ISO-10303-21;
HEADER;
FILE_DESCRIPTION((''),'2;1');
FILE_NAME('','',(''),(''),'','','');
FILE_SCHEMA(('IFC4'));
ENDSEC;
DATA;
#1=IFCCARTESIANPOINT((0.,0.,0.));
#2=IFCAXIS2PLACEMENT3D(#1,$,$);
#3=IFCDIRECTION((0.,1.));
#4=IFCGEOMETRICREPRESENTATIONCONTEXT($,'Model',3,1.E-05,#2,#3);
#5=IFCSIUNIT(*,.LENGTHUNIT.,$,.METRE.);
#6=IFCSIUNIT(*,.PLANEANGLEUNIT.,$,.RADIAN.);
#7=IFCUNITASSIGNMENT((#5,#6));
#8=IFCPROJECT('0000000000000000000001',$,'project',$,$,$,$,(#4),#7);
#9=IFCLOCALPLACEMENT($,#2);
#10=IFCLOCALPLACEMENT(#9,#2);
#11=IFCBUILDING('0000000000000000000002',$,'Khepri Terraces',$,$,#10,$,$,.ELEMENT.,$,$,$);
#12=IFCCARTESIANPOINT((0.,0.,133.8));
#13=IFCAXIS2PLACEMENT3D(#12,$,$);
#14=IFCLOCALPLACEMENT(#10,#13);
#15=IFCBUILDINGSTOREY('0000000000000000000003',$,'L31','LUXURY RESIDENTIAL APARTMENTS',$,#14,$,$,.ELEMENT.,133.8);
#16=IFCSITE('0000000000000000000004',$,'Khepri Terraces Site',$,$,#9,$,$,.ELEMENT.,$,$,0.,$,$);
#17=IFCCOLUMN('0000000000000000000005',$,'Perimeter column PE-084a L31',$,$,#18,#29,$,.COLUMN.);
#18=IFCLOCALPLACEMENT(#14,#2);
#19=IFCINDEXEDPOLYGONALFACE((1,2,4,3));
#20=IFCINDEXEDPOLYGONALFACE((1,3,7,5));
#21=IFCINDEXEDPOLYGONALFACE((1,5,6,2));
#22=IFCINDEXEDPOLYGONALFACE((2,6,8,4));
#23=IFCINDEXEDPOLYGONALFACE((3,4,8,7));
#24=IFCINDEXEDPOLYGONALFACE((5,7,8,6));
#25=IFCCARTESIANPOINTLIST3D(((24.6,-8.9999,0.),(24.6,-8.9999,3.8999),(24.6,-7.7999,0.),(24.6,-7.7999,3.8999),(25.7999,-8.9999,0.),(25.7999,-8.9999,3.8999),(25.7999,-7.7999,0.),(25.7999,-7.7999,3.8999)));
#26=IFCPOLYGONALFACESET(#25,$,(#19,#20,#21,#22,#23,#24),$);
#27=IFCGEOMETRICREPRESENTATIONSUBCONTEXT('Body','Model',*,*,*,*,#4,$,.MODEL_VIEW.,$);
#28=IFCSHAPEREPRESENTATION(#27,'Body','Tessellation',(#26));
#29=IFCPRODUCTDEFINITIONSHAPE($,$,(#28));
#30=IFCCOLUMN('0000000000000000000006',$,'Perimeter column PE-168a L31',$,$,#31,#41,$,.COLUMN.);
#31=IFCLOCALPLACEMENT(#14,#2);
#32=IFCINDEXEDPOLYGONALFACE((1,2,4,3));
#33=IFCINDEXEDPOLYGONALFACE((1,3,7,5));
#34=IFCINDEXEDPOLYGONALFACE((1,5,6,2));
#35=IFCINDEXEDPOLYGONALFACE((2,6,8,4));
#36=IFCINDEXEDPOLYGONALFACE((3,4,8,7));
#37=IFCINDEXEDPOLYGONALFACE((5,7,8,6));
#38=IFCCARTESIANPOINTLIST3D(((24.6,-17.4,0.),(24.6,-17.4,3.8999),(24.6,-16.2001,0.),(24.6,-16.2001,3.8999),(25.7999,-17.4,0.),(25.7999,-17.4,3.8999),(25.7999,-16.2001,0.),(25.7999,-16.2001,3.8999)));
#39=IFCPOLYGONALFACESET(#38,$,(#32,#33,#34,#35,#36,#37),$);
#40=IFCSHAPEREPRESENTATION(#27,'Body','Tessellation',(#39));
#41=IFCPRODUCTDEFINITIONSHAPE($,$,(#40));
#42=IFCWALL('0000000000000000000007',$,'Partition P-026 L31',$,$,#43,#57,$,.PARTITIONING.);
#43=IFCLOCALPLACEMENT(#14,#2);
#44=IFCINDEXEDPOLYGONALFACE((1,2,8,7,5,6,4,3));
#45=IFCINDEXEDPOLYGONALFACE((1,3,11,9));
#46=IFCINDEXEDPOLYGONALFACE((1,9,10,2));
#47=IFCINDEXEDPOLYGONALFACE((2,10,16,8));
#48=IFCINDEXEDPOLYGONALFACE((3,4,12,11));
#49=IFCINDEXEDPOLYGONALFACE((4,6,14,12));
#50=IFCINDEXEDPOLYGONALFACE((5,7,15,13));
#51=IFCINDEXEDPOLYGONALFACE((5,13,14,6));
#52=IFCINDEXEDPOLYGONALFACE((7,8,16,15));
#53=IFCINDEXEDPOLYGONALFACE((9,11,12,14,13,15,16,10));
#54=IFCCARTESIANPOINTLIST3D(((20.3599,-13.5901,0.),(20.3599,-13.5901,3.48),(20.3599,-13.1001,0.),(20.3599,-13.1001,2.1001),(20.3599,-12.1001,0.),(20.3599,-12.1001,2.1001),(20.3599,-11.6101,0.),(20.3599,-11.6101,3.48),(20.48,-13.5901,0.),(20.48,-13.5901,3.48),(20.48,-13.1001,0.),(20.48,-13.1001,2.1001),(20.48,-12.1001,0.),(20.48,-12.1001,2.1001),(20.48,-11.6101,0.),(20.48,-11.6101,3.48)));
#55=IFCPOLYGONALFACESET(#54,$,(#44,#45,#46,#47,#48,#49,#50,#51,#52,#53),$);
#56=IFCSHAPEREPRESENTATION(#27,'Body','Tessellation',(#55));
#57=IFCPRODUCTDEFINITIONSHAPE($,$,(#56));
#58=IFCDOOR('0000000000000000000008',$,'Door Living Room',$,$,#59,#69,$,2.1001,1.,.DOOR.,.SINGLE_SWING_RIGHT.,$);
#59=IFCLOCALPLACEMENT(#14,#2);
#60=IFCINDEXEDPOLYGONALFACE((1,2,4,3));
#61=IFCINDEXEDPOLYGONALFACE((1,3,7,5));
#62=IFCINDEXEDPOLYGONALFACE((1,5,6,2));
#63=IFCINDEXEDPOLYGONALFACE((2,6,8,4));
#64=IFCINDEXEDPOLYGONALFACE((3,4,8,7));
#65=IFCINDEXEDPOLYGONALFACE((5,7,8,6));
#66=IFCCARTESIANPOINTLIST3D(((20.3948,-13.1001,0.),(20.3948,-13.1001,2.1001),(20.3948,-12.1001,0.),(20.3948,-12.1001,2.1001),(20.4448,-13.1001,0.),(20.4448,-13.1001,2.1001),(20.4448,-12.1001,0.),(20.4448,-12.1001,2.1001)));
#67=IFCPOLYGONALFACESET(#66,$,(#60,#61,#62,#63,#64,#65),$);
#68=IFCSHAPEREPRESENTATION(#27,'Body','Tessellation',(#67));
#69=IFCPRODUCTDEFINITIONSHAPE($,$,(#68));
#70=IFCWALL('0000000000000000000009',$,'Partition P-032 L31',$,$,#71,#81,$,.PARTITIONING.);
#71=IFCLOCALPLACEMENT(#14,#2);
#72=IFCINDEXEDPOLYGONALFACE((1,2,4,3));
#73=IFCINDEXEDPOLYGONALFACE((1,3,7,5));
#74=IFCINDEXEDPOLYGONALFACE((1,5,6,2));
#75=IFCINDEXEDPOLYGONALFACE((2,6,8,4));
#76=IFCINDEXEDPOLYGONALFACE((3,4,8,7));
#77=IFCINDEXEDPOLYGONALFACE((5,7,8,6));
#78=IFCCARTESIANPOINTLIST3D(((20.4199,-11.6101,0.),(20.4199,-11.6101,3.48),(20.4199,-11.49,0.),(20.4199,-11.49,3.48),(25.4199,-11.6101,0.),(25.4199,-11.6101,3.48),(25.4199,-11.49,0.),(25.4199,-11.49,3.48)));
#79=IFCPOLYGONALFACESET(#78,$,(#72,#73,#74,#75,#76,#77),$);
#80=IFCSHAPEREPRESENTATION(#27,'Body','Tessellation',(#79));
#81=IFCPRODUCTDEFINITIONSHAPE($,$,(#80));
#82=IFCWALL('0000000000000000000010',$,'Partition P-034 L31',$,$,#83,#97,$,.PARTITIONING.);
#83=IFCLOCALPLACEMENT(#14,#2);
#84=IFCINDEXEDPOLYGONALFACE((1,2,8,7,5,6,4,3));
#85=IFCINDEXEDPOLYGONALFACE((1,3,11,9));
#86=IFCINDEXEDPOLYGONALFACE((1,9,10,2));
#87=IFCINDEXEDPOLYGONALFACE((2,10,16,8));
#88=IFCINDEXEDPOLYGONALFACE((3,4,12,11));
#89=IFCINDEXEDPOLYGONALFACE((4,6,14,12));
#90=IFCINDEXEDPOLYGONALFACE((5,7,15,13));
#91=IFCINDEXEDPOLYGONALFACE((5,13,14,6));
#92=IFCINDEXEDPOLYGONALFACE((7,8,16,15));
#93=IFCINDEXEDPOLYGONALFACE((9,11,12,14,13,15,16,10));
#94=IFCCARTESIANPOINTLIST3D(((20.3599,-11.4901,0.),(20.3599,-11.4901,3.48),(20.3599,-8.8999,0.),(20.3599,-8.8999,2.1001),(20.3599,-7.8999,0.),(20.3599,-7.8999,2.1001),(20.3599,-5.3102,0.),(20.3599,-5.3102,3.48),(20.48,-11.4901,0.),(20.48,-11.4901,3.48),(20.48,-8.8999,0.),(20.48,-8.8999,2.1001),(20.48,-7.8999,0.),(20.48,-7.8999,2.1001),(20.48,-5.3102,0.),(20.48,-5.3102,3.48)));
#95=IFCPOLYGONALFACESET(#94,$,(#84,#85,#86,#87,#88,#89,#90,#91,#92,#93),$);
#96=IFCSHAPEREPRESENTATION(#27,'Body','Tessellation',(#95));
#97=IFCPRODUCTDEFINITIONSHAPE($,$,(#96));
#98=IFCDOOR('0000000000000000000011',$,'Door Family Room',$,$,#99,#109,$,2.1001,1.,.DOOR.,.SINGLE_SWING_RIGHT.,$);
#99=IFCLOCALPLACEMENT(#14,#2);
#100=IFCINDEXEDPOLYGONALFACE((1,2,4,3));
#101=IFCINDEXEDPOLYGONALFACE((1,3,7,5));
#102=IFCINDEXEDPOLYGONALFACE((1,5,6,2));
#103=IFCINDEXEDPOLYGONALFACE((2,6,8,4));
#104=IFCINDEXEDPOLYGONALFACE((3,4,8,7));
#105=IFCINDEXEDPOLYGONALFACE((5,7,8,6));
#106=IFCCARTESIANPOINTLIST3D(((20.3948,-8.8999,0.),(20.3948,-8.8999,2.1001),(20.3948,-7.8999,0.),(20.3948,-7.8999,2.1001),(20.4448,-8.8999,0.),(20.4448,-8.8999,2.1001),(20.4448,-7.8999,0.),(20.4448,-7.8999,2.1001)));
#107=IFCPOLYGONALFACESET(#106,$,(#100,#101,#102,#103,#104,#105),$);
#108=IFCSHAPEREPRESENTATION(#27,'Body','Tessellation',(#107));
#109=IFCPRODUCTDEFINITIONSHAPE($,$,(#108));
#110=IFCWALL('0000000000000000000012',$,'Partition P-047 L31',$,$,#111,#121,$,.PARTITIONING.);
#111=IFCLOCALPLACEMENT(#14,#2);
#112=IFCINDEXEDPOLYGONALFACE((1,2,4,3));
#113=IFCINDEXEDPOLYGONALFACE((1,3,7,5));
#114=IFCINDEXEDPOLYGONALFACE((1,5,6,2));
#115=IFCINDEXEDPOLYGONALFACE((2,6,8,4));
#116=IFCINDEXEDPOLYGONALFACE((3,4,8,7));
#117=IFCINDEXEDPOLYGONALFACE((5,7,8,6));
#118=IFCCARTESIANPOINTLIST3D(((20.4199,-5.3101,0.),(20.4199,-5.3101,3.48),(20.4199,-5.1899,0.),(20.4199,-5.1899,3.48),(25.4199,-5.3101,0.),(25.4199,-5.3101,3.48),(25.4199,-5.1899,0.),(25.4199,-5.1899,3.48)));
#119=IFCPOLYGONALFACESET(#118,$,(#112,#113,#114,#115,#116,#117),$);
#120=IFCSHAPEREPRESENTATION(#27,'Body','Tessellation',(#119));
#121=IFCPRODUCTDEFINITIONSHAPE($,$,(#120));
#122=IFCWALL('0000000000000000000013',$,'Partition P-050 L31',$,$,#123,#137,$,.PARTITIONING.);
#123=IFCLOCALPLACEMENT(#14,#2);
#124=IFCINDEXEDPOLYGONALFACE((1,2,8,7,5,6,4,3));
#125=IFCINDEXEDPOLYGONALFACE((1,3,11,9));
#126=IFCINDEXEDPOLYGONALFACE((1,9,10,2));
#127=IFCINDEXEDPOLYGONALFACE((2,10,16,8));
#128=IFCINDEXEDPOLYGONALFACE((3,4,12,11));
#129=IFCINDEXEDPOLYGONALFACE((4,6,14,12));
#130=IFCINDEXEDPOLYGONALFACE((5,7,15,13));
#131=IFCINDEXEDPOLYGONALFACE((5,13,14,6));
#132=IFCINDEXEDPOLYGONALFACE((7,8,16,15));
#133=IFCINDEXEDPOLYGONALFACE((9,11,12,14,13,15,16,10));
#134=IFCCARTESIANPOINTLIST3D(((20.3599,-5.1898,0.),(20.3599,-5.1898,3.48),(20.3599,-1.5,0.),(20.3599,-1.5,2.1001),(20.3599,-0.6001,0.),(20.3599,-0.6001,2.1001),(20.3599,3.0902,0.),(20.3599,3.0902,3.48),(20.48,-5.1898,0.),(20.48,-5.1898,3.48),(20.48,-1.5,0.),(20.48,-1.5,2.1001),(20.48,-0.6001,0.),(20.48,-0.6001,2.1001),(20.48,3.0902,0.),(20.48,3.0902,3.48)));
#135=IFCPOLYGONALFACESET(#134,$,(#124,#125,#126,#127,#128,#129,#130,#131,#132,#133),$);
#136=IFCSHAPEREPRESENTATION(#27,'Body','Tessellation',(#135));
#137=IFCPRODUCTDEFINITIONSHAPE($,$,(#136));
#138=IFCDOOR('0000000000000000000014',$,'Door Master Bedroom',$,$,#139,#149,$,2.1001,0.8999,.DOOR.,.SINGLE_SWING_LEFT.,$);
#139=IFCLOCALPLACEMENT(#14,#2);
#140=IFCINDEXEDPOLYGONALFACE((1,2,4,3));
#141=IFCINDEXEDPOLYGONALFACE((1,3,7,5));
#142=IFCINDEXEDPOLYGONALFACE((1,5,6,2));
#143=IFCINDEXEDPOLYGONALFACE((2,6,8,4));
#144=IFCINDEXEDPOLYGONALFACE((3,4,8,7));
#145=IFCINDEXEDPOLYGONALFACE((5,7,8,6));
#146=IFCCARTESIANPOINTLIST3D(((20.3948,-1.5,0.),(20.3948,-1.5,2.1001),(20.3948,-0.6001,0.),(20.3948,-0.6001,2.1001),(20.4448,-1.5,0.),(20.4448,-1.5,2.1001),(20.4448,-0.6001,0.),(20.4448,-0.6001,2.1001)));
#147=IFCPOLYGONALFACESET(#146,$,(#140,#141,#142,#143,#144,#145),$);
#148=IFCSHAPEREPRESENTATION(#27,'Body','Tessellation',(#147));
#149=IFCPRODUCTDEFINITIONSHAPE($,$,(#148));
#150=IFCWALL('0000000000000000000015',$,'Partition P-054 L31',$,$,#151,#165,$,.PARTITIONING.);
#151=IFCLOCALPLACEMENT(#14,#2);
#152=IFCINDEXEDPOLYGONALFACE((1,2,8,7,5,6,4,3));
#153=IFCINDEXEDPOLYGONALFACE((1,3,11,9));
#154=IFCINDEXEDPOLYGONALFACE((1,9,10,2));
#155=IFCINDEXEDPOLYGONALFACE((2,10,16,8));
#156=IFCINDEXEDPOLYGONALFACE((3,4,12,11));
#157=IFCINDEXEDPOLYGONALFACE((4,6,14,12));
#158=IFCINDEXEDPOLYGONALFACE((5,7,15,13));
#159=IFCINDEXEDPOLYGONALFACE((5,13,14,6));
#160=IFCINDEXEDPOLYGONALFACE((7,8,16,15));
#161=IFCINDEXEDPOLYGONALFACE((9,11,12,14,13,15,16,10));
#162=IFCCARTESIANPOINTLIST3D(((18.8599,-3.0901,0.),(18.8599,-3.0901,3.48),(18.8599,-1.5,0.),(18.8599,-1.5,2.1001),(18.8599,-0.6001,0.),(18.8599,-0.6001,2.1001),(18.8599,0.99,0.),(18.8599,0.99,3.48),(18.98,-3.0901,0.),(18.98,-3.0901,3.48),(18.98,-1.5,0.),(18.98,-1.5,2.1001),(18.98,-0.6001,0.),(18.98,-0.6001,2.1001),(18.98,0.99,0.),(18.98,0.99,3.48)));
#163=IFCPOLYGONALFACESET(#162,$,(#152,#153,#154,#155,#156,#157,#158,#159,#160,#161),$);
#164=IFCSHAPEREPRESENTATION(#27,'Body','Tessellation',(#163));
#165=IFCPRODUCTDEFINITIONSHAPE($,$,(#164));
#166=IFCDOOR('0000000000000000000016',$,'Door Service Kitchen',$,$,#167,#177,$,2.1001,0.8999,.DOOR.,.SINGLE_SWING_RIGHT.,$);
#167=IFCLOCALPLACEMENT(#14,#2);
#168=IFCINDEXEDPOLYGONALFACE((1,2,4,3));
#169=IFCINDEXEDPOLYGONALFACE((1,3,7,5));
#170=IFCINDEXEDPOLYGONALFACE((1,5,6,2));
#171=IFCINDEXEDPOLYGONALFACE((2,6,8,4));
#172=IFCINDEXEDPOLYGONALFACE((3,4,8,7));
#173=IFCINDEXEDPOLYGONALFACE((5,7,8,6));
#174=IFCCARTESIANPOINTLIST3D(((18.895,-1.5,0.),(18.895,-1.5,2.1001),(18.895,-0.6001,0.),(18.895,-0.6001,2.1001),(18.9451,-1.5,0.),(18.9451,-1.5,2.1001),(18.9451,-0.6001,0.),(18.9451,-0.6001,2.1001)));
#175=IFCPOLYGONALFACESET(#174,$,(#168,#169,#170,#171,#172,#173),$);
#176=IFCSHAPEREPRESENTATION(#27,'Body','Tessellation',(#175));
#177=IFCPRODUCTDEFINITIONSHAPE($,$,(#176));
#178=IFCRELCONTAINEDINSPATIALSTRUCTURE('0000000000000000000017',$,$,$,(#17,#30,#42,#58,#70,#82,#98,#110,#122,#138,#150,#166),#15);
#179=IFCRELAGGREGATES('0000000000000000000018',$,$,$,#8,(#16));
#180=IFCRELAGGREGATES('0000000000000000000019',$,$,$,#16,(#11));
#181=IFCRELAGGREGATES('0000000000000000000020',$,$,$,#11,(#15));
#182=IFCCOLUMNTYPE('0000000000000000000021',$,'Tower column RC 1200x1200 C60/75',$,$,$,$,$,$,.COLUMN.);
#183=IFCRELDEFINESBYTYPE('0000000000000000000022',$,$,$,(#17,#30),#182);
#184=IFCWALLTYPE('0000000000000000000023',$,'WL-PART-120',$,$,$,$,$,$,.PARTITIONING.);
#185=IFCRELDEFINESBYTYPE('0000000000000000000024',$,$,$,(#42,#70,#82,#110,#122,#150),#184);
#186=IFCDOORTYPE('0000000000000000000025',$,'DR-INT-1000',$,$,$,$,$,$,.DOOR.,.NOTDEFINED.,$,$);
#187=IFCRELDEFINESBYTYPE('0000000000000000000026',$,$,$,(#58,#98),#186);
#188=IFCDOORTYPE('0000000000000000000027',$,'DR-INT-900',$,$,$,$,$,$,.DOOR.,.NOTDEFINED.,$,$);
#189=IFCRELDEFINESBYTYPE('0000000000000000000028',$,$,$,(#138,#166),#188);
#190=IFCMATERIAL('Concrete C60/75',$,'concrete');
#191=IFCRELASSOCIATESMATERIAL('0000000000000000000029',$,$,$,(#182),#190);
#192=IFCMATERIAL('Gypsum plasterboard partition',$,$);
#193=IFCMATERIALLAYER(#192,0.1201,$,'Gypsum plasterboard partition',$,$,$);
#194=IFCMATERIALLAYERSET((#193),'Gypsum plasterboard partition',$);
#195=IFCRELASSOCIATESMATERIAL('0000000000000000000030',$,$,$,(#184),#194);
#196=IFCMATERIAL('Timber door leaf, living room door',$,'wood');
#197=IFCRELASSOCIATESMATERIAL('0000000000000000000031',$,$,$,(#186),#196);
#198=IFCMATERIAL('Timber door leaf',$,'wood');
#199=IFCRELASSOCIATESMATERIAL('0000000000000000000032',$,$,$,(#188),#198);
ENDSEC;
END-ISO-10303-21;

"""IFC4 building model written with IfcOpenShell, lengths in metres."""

from ifc_helpers import new_model, si_unit, direction, frame, frame_2d, origin, origin_2d, place, context, subcontext, project, spatial, rectangle, extrude, material, layer, layer_set, material_profile, profile_set, type_object, element, fill, save


model = new_model("IFC4")

# Units and contexts
model_context = context("Model", 3, precision=1e-05, world=origin(), true_north=direction((0.0, 1.0)))
body_context = subcontext(model_context, "Body", "Model", "MODEL_VIEW")
ifc_project = project(units=[si_unit("LENGTHUNIT", "METRE"), si_unit("PLANEANGLEUNIT", "RADIAN")], contexts=[model_context])

# Site, building, storey
site_placement = place(None, origin())
site = spatial("IfcSite", under=ifc_project, at=site_placement, Name="Khepri Terraces Site", CompositionType="ELEMENT", RefElevation=0.0)
building_placement = place(site_placement, origin())
building = spatial("IfcBuilding", under=site, at=building_placement, Name="Khepri Terraces", CompositionType="ELEMENT")
storey_placement = place(building_placement, frame((0.0, 0.0, 133.8)))
storey = spatial("IfcBuildingStorey", under=building, at=storey_placement, Name="L31", Description="LUXURY RESIDENTIAL APARTMENTS", CompositionType="ELEMENT", Elevation=133.8)

# Columns
ifc_material_1 = material(Name="Concrete C60/75", Category="concrete")
ifc_material_profile = material_profile(ifc_material_1, rectangle(XDim=1.2, YDim=1.2, at=origin_2d()), Name="Concrete C60/75", Category="concrete")
ifc_profile_set = profile_set([ifc_material_profile], Name="Concrete C60/75")
column_type = type_object("IfcColumnType", Name="Tower column RC 1200x1200 C60/75", PredefinedType="COLUMN", material=ifc_profile_set)
for number, where, z_axis, x_axis, name in (
    (1, (25.2, -8.3999, 0.0), (0.0, 0.0, 1.0), (1.0, 0.0, 0.0), "Perimeter column PE-084a L31"),
    (2, (25.2, -16.8, 0.0), (0.0, 0.0, 1.0), (1.0, 0.0, 0.0), "Perimeter column PE-168a L31"),
):
    element("IfcColumn", number, at=place(storey_placement, frame(where, z_axis=z_axis, x_axis=x_axis)), inside=storey, type_object=column_type, Name=name, PredefinedType="COLUMN", context=body_context, shape_type="SweptSolid", body=[
        extrude(rectangle(XDim=1.2, YDim=1.2, at=origin_2d()), origin(), (0.0, 0.0, 1.0), 3.8999),
    ])

# Wall, opening, door
ifc_material_2 = material(Name="Gypsum plasterboard partition")
ifc_layer_1 = layer(ifc_material_2, 0.1201, Name="Gypsum plasterboard partition")
ifc_layer_set_1 = layer_set([ifc_layer_1], Name="Gypsum plasterboard partition")
wall_type_1 = type_object("IfcWallType", Name="WL-PART-120", PredefinedType="PARTITIONING", material=ifc_layer_set_1)
wall_1_placement = place(storey_placement, frame((20.4199, -13.5901, 0.0), z_axis=(0.0, 0.0, 1.0), x_axis=(0.0, 1.0, 0.0)))
wall_1 = element("IfcWall", 3, at=wall_1_placement, inside=storey, type_object=wall_type_1, Name="Partition P-026 L31", PredefinedType="PARTITIONING", context=body_context, shape_type="SweptSolid", body=[
    extrude(rectangle(XDim=1.98, YDim=0.1201, at=frame_2d((0.99, 0.0))), origin(), (0.0, 0.0, 1.0), 3.48),
])
opening_1_placement = place(wall_1_placement, frame((0.49, 0.0, 0.0)))
opening_1 = element("IfcOpeningElement", 4, at=opening_1_placement, cuts=wall_1, PredefinedType="OPENING", context=body_context, shape_type="SweptSolid", body=[
    extrude(rectangle(XDim=1.0, YDim=2.1001, at=frame_2d((0.5, 1.05))), frame((0.0, 0.0701, 0.0), z_axis=(0.0, -1.0, 0.0), x_axis=(1.0, 0.0, 0.0)), (0.0, 0.0, 1.0), 0.1401),
])
ifc_material_3 = material(Name="Timber door leaf, living room door", Category="wood")
door_type_1 = type_object("IfcDoorType", Name="DR-INT-1000", OperationType="NOTDEFINED", PredefinedType="DOOR", material=ifc_material_3)
door_1_placement = place(opening_1_placement, frame((1.0, 0.0, 0.0), z_axis=(0.0, 0.0, 1.0), x_axis=(-1.0, 0.0, 0.0)))
door_1 = element("IfcDoor", 5, at=door_1_placement, inside=storey, type_object=door_type_1, Name="Door Living Room", OperationType="SINGLE_SWING_RIGHT", OverallHeight=2.1001, OverallWidth=1.0, PredefinedType="DOOR", context=body_context, shape_type="SweptSolid", body=[
    extrude(rectangle(XDim=1.0, YDim=2.1001, at=frame_2d((0.5, 1.05))), frame((0.0, 0.0249, 0.0), z_axis=(0.0, -1.0, 0.0), x_axis=(1.0, 0.0, 0.0)), (0.0, 0.0, 1.0), 0.05),
])
fill(opening_1, door_1)

# Wall
wall_2_placement = place(storey_placement, frame((20.4199, -11.55, 0.0), z_axis=(0.0, 0.0, 1.0), x_axis=(1.0, 0.0, 0.0)))
element("IfcWall", 6, at=wall_2_placement, inside=storey, type_object=wall_type_1, Name="Partition P-032 L31", PredefinedType="PARTITIONING", context=body_context, shape_type="SweptSolid", body=[
    extrude(rectangle(XDim=5.0, YDim=0.1201, at=frame_2d((2.5, 0.0))), origin(), (0.0, 0.0, 1.0), 3.48),
])

# Wall, opening, door
wall_3_placement = place(storey_placement, frame((20.4199, -11.49, 0.0), z_axis=(0.0, 0.0, 1.0), x_axis=(0.0, 1.0, 0.0)))
wall_3 = element("IfcWall", 7, at=wall_3_placement, inside=storey, type_object=wall_type_1, Name="Partition P-034 L31", PredefinedType="PARTITIONING", context=body_context, shape_type="SweptSolid", body=[
    extrude(rectangle(XDim=6.1799, YDim=0.1201, at=frame_2d((3.0898, 0.0))), origin(), (0.0, 0.0, 1.0), 3.48),
])
opening_2_placement = place(wall_3_placement, frame((2.5901, 0.0, 0.0)))
opening_2 = element("IfcOpeningElement", 8, at=opening_2_placement, cuts=wall_3, PredefinedType="OPENING", context=body_context, shape_type="SweptSolid", body=[
    extrude(rectangle(XDim=1.0, YDim=2.1001, at=frame_2d((0.5, 1.05))), frame((0.0, 0.0701, 0.0), z_axis=(0.0, -1.0, 0.0), x_axis=(1.0, 0.0, 0.0)), (0.0, 0.0, 1.0), 0.1401),
])
door_2_placement = place(opening_2_placement, frame((1.0, 0.0, 0.0), z_axis=(0.0, 0.0, 1.0), x_axis=(-1.0, 0.0, 0.0)))
door_2 = element("IfcDoor", 9, at=door_2_placement, inside=storey, type_object=door_type_1, Name="Door Family Room", OperationType="SINGLE_SWING_RIGHT", OverallHeight=2.1001, OverallWidth=1.0, PredefinedType="DOOR", context=body_context, shape_type="SweptSolid", body=[
    extrude(rectangle(XDim=1.0, YDim=2.1001, at=frame_2d((0.5, 1.05))), frame((0.0, 0.0249, 0.0), z_axis=(0.0, -1.0, 0.0), x_axis=(1.0, 0.0, 0.0)), (0.0, 0.0, 1.0), 0.05),
])
fill(opening_2, door_2)

# Wall
wall_4_placement = place(storey_placement, frame((20.4199, -5.25, 0.0), z_axis=(0.0, 0.0, 1.0), x_axis=(1.0, 0.0, 0.0)))
element("IfcWall", 10, at=wall_4_placement, inside=storey, type_object=wall_type_1, Name="Partition P-047 L31", PredefinedType="PARTITIONING", context=body_context, shape_type="SweptSolid", body=[
    extrude(rectangle(XDim=5.0, YDim=0.1201, at=frame_2d((2.5, 0.0))), origin(), (0.0, 0.0, 1.0), 3.48),
])

# Walls, openings, doors
wall_5_placement = place(storey_placement, frame((20.4199, -5.1899, 0.0), z_axis=(0.0, 0.0, 1.0), x_axis=(0.0, 1.0, 0.0)))
wall_5 = element("IfcWall", 11, at=wall_5_placement, inside=storey, type_object=wall_type_1, Name="Partition P-050 L31", PredefinedType="PARTITIONING", context=body_context, shape_type="SweptSolid", body=[
    extrude(rectangle(XDim=8.28, YDim=0.1201, at=frame_2d((4.1401, 0.0))), origin(), (0.0, 0.0, 1.0), 3.48),
])
opening_3_placement = place(wall_5_placement, frame((3.6899, 0.0, 0.0)))
opening_3 = element("IfcOpeningElement", 12, at=opening_3_placement, cuts=wall_5, PredefinedType="OPENING", context=body_context, shape_type="SweptSolid", body=[
    extrude(rectangle(XDim=0.8999, YDim=2.1001, at=frame_2d((0.45, 1.05))), frame((0.0, 0.0701, 0.0), z_axis=(0.0, -1.0, 0.0), x_axis=(1.0, 0.0, 0.0)), (0.0, 0.0, 1.0), 0.1401),
])
ifc_material_4 = material(Name="Timber door leaf", Category="wood")
door_type_2 = type_object("IfcDoorType", Name="DR-INT-900", OperationType="NOTDEFINED", PredefinedType="DOOR", material=ifc_material_4)
door_3_placement = place(opening_3_placement, frame((0.8999, 0.0, 0.0), z_axis=(0.0, 0.0, 1.0), x_axis=(-1.0, 0.0, 0.0)))
door_3 = element("IfcDoor", 13, at=door_3_placement, inside=storey, type_object=door_type_2, Name="Door Master Bedroom", OperationType="SINGLE_SWING_LEFT", OverallHeight=2.1001, OverallWidth=0.8999, PredefinedType="DOOR", context=body_context, shape_type="SweptSolid", body=[
    extrude(rectangle(XDim=0.8999, YDim=2.1001, at=frame_2d((0.45, 1.05))), frame((0.0, 0.0249, 0.0), z_axis=(0.0, -1.0, 0.0), x_axis=(1.0, 0.0, 0.0)), (0.0, 0.0, 1.0), 0.05),
])
fill(opening_3, door_3)
wall_6_placement = place(storey_placement, frame((18.9199, -3.0901, 0.0), z_axis=(0.0, 0.0, 1.0), x_axis=(0.0, 1.0, 0.0)))
wall_6 = element("IfcWall", 14, at=wall_6_placement, inside=storey, type_object=wall_type_1, Name="Partition P-054 L31", PredefinedType="PARTITIONING", context=body_context, shape_type="SweptSolid", body=[
    extrude(rectangle(XDim=4.0801, YDim=0.1201, at=frame_2d((2.04, 0.0))), origin(), (0.0, 0.0, 1.0), 3.48),
])
opening_4_placement = place(wall_6_placement, frame((1.5901, 0.0, 0.0)))
opening_4 = element("IfcOpeningElement", 15, at=opening_4_placement, cuts=wall_6, PredefinedType="OPENING", context=body_context, shape_type="SweptSolid", body=[
    extrude(rectangle(XDim=0.8999, YDim=2.1001, at=frame_2d((0.45, 1.05))), frame((0.0, 0.0701, 0.0), z_axis=(0.0, -1.0, 0.0), x_axis=(1.0, 0.0, 0.0)), (0.0, 0.0, 1.0), 0.1401),
])
door_4_placement = place(opening_4_placement, origin())
door_4 = element("IfcDoor", 16, at=door_4_placement, inside=storey, type_object=door_type_2, Name="Door Service Kitchen", OperationType="SINGLE_SWING_RIGHT", OverallHeight=2.1001, OverallWidth=0.8999, PredefinedType="DOOR", context=body_context, shape_type="SweptSolid", body=[
    extrude(rectangle(XDim=0.8999, YDim=2.1001, at=frame_2d((0.45, 1.05))), frame((0.0, 0.0249, 0.0), z_axis=(0.0, -1.0, 0.0), x_axis=(1.0, 0.0, 0.0)), (0.0, 0.0, 1.0), 0.05),
])
fill(opening_4, door_4)

save(model, "model.ifc")
